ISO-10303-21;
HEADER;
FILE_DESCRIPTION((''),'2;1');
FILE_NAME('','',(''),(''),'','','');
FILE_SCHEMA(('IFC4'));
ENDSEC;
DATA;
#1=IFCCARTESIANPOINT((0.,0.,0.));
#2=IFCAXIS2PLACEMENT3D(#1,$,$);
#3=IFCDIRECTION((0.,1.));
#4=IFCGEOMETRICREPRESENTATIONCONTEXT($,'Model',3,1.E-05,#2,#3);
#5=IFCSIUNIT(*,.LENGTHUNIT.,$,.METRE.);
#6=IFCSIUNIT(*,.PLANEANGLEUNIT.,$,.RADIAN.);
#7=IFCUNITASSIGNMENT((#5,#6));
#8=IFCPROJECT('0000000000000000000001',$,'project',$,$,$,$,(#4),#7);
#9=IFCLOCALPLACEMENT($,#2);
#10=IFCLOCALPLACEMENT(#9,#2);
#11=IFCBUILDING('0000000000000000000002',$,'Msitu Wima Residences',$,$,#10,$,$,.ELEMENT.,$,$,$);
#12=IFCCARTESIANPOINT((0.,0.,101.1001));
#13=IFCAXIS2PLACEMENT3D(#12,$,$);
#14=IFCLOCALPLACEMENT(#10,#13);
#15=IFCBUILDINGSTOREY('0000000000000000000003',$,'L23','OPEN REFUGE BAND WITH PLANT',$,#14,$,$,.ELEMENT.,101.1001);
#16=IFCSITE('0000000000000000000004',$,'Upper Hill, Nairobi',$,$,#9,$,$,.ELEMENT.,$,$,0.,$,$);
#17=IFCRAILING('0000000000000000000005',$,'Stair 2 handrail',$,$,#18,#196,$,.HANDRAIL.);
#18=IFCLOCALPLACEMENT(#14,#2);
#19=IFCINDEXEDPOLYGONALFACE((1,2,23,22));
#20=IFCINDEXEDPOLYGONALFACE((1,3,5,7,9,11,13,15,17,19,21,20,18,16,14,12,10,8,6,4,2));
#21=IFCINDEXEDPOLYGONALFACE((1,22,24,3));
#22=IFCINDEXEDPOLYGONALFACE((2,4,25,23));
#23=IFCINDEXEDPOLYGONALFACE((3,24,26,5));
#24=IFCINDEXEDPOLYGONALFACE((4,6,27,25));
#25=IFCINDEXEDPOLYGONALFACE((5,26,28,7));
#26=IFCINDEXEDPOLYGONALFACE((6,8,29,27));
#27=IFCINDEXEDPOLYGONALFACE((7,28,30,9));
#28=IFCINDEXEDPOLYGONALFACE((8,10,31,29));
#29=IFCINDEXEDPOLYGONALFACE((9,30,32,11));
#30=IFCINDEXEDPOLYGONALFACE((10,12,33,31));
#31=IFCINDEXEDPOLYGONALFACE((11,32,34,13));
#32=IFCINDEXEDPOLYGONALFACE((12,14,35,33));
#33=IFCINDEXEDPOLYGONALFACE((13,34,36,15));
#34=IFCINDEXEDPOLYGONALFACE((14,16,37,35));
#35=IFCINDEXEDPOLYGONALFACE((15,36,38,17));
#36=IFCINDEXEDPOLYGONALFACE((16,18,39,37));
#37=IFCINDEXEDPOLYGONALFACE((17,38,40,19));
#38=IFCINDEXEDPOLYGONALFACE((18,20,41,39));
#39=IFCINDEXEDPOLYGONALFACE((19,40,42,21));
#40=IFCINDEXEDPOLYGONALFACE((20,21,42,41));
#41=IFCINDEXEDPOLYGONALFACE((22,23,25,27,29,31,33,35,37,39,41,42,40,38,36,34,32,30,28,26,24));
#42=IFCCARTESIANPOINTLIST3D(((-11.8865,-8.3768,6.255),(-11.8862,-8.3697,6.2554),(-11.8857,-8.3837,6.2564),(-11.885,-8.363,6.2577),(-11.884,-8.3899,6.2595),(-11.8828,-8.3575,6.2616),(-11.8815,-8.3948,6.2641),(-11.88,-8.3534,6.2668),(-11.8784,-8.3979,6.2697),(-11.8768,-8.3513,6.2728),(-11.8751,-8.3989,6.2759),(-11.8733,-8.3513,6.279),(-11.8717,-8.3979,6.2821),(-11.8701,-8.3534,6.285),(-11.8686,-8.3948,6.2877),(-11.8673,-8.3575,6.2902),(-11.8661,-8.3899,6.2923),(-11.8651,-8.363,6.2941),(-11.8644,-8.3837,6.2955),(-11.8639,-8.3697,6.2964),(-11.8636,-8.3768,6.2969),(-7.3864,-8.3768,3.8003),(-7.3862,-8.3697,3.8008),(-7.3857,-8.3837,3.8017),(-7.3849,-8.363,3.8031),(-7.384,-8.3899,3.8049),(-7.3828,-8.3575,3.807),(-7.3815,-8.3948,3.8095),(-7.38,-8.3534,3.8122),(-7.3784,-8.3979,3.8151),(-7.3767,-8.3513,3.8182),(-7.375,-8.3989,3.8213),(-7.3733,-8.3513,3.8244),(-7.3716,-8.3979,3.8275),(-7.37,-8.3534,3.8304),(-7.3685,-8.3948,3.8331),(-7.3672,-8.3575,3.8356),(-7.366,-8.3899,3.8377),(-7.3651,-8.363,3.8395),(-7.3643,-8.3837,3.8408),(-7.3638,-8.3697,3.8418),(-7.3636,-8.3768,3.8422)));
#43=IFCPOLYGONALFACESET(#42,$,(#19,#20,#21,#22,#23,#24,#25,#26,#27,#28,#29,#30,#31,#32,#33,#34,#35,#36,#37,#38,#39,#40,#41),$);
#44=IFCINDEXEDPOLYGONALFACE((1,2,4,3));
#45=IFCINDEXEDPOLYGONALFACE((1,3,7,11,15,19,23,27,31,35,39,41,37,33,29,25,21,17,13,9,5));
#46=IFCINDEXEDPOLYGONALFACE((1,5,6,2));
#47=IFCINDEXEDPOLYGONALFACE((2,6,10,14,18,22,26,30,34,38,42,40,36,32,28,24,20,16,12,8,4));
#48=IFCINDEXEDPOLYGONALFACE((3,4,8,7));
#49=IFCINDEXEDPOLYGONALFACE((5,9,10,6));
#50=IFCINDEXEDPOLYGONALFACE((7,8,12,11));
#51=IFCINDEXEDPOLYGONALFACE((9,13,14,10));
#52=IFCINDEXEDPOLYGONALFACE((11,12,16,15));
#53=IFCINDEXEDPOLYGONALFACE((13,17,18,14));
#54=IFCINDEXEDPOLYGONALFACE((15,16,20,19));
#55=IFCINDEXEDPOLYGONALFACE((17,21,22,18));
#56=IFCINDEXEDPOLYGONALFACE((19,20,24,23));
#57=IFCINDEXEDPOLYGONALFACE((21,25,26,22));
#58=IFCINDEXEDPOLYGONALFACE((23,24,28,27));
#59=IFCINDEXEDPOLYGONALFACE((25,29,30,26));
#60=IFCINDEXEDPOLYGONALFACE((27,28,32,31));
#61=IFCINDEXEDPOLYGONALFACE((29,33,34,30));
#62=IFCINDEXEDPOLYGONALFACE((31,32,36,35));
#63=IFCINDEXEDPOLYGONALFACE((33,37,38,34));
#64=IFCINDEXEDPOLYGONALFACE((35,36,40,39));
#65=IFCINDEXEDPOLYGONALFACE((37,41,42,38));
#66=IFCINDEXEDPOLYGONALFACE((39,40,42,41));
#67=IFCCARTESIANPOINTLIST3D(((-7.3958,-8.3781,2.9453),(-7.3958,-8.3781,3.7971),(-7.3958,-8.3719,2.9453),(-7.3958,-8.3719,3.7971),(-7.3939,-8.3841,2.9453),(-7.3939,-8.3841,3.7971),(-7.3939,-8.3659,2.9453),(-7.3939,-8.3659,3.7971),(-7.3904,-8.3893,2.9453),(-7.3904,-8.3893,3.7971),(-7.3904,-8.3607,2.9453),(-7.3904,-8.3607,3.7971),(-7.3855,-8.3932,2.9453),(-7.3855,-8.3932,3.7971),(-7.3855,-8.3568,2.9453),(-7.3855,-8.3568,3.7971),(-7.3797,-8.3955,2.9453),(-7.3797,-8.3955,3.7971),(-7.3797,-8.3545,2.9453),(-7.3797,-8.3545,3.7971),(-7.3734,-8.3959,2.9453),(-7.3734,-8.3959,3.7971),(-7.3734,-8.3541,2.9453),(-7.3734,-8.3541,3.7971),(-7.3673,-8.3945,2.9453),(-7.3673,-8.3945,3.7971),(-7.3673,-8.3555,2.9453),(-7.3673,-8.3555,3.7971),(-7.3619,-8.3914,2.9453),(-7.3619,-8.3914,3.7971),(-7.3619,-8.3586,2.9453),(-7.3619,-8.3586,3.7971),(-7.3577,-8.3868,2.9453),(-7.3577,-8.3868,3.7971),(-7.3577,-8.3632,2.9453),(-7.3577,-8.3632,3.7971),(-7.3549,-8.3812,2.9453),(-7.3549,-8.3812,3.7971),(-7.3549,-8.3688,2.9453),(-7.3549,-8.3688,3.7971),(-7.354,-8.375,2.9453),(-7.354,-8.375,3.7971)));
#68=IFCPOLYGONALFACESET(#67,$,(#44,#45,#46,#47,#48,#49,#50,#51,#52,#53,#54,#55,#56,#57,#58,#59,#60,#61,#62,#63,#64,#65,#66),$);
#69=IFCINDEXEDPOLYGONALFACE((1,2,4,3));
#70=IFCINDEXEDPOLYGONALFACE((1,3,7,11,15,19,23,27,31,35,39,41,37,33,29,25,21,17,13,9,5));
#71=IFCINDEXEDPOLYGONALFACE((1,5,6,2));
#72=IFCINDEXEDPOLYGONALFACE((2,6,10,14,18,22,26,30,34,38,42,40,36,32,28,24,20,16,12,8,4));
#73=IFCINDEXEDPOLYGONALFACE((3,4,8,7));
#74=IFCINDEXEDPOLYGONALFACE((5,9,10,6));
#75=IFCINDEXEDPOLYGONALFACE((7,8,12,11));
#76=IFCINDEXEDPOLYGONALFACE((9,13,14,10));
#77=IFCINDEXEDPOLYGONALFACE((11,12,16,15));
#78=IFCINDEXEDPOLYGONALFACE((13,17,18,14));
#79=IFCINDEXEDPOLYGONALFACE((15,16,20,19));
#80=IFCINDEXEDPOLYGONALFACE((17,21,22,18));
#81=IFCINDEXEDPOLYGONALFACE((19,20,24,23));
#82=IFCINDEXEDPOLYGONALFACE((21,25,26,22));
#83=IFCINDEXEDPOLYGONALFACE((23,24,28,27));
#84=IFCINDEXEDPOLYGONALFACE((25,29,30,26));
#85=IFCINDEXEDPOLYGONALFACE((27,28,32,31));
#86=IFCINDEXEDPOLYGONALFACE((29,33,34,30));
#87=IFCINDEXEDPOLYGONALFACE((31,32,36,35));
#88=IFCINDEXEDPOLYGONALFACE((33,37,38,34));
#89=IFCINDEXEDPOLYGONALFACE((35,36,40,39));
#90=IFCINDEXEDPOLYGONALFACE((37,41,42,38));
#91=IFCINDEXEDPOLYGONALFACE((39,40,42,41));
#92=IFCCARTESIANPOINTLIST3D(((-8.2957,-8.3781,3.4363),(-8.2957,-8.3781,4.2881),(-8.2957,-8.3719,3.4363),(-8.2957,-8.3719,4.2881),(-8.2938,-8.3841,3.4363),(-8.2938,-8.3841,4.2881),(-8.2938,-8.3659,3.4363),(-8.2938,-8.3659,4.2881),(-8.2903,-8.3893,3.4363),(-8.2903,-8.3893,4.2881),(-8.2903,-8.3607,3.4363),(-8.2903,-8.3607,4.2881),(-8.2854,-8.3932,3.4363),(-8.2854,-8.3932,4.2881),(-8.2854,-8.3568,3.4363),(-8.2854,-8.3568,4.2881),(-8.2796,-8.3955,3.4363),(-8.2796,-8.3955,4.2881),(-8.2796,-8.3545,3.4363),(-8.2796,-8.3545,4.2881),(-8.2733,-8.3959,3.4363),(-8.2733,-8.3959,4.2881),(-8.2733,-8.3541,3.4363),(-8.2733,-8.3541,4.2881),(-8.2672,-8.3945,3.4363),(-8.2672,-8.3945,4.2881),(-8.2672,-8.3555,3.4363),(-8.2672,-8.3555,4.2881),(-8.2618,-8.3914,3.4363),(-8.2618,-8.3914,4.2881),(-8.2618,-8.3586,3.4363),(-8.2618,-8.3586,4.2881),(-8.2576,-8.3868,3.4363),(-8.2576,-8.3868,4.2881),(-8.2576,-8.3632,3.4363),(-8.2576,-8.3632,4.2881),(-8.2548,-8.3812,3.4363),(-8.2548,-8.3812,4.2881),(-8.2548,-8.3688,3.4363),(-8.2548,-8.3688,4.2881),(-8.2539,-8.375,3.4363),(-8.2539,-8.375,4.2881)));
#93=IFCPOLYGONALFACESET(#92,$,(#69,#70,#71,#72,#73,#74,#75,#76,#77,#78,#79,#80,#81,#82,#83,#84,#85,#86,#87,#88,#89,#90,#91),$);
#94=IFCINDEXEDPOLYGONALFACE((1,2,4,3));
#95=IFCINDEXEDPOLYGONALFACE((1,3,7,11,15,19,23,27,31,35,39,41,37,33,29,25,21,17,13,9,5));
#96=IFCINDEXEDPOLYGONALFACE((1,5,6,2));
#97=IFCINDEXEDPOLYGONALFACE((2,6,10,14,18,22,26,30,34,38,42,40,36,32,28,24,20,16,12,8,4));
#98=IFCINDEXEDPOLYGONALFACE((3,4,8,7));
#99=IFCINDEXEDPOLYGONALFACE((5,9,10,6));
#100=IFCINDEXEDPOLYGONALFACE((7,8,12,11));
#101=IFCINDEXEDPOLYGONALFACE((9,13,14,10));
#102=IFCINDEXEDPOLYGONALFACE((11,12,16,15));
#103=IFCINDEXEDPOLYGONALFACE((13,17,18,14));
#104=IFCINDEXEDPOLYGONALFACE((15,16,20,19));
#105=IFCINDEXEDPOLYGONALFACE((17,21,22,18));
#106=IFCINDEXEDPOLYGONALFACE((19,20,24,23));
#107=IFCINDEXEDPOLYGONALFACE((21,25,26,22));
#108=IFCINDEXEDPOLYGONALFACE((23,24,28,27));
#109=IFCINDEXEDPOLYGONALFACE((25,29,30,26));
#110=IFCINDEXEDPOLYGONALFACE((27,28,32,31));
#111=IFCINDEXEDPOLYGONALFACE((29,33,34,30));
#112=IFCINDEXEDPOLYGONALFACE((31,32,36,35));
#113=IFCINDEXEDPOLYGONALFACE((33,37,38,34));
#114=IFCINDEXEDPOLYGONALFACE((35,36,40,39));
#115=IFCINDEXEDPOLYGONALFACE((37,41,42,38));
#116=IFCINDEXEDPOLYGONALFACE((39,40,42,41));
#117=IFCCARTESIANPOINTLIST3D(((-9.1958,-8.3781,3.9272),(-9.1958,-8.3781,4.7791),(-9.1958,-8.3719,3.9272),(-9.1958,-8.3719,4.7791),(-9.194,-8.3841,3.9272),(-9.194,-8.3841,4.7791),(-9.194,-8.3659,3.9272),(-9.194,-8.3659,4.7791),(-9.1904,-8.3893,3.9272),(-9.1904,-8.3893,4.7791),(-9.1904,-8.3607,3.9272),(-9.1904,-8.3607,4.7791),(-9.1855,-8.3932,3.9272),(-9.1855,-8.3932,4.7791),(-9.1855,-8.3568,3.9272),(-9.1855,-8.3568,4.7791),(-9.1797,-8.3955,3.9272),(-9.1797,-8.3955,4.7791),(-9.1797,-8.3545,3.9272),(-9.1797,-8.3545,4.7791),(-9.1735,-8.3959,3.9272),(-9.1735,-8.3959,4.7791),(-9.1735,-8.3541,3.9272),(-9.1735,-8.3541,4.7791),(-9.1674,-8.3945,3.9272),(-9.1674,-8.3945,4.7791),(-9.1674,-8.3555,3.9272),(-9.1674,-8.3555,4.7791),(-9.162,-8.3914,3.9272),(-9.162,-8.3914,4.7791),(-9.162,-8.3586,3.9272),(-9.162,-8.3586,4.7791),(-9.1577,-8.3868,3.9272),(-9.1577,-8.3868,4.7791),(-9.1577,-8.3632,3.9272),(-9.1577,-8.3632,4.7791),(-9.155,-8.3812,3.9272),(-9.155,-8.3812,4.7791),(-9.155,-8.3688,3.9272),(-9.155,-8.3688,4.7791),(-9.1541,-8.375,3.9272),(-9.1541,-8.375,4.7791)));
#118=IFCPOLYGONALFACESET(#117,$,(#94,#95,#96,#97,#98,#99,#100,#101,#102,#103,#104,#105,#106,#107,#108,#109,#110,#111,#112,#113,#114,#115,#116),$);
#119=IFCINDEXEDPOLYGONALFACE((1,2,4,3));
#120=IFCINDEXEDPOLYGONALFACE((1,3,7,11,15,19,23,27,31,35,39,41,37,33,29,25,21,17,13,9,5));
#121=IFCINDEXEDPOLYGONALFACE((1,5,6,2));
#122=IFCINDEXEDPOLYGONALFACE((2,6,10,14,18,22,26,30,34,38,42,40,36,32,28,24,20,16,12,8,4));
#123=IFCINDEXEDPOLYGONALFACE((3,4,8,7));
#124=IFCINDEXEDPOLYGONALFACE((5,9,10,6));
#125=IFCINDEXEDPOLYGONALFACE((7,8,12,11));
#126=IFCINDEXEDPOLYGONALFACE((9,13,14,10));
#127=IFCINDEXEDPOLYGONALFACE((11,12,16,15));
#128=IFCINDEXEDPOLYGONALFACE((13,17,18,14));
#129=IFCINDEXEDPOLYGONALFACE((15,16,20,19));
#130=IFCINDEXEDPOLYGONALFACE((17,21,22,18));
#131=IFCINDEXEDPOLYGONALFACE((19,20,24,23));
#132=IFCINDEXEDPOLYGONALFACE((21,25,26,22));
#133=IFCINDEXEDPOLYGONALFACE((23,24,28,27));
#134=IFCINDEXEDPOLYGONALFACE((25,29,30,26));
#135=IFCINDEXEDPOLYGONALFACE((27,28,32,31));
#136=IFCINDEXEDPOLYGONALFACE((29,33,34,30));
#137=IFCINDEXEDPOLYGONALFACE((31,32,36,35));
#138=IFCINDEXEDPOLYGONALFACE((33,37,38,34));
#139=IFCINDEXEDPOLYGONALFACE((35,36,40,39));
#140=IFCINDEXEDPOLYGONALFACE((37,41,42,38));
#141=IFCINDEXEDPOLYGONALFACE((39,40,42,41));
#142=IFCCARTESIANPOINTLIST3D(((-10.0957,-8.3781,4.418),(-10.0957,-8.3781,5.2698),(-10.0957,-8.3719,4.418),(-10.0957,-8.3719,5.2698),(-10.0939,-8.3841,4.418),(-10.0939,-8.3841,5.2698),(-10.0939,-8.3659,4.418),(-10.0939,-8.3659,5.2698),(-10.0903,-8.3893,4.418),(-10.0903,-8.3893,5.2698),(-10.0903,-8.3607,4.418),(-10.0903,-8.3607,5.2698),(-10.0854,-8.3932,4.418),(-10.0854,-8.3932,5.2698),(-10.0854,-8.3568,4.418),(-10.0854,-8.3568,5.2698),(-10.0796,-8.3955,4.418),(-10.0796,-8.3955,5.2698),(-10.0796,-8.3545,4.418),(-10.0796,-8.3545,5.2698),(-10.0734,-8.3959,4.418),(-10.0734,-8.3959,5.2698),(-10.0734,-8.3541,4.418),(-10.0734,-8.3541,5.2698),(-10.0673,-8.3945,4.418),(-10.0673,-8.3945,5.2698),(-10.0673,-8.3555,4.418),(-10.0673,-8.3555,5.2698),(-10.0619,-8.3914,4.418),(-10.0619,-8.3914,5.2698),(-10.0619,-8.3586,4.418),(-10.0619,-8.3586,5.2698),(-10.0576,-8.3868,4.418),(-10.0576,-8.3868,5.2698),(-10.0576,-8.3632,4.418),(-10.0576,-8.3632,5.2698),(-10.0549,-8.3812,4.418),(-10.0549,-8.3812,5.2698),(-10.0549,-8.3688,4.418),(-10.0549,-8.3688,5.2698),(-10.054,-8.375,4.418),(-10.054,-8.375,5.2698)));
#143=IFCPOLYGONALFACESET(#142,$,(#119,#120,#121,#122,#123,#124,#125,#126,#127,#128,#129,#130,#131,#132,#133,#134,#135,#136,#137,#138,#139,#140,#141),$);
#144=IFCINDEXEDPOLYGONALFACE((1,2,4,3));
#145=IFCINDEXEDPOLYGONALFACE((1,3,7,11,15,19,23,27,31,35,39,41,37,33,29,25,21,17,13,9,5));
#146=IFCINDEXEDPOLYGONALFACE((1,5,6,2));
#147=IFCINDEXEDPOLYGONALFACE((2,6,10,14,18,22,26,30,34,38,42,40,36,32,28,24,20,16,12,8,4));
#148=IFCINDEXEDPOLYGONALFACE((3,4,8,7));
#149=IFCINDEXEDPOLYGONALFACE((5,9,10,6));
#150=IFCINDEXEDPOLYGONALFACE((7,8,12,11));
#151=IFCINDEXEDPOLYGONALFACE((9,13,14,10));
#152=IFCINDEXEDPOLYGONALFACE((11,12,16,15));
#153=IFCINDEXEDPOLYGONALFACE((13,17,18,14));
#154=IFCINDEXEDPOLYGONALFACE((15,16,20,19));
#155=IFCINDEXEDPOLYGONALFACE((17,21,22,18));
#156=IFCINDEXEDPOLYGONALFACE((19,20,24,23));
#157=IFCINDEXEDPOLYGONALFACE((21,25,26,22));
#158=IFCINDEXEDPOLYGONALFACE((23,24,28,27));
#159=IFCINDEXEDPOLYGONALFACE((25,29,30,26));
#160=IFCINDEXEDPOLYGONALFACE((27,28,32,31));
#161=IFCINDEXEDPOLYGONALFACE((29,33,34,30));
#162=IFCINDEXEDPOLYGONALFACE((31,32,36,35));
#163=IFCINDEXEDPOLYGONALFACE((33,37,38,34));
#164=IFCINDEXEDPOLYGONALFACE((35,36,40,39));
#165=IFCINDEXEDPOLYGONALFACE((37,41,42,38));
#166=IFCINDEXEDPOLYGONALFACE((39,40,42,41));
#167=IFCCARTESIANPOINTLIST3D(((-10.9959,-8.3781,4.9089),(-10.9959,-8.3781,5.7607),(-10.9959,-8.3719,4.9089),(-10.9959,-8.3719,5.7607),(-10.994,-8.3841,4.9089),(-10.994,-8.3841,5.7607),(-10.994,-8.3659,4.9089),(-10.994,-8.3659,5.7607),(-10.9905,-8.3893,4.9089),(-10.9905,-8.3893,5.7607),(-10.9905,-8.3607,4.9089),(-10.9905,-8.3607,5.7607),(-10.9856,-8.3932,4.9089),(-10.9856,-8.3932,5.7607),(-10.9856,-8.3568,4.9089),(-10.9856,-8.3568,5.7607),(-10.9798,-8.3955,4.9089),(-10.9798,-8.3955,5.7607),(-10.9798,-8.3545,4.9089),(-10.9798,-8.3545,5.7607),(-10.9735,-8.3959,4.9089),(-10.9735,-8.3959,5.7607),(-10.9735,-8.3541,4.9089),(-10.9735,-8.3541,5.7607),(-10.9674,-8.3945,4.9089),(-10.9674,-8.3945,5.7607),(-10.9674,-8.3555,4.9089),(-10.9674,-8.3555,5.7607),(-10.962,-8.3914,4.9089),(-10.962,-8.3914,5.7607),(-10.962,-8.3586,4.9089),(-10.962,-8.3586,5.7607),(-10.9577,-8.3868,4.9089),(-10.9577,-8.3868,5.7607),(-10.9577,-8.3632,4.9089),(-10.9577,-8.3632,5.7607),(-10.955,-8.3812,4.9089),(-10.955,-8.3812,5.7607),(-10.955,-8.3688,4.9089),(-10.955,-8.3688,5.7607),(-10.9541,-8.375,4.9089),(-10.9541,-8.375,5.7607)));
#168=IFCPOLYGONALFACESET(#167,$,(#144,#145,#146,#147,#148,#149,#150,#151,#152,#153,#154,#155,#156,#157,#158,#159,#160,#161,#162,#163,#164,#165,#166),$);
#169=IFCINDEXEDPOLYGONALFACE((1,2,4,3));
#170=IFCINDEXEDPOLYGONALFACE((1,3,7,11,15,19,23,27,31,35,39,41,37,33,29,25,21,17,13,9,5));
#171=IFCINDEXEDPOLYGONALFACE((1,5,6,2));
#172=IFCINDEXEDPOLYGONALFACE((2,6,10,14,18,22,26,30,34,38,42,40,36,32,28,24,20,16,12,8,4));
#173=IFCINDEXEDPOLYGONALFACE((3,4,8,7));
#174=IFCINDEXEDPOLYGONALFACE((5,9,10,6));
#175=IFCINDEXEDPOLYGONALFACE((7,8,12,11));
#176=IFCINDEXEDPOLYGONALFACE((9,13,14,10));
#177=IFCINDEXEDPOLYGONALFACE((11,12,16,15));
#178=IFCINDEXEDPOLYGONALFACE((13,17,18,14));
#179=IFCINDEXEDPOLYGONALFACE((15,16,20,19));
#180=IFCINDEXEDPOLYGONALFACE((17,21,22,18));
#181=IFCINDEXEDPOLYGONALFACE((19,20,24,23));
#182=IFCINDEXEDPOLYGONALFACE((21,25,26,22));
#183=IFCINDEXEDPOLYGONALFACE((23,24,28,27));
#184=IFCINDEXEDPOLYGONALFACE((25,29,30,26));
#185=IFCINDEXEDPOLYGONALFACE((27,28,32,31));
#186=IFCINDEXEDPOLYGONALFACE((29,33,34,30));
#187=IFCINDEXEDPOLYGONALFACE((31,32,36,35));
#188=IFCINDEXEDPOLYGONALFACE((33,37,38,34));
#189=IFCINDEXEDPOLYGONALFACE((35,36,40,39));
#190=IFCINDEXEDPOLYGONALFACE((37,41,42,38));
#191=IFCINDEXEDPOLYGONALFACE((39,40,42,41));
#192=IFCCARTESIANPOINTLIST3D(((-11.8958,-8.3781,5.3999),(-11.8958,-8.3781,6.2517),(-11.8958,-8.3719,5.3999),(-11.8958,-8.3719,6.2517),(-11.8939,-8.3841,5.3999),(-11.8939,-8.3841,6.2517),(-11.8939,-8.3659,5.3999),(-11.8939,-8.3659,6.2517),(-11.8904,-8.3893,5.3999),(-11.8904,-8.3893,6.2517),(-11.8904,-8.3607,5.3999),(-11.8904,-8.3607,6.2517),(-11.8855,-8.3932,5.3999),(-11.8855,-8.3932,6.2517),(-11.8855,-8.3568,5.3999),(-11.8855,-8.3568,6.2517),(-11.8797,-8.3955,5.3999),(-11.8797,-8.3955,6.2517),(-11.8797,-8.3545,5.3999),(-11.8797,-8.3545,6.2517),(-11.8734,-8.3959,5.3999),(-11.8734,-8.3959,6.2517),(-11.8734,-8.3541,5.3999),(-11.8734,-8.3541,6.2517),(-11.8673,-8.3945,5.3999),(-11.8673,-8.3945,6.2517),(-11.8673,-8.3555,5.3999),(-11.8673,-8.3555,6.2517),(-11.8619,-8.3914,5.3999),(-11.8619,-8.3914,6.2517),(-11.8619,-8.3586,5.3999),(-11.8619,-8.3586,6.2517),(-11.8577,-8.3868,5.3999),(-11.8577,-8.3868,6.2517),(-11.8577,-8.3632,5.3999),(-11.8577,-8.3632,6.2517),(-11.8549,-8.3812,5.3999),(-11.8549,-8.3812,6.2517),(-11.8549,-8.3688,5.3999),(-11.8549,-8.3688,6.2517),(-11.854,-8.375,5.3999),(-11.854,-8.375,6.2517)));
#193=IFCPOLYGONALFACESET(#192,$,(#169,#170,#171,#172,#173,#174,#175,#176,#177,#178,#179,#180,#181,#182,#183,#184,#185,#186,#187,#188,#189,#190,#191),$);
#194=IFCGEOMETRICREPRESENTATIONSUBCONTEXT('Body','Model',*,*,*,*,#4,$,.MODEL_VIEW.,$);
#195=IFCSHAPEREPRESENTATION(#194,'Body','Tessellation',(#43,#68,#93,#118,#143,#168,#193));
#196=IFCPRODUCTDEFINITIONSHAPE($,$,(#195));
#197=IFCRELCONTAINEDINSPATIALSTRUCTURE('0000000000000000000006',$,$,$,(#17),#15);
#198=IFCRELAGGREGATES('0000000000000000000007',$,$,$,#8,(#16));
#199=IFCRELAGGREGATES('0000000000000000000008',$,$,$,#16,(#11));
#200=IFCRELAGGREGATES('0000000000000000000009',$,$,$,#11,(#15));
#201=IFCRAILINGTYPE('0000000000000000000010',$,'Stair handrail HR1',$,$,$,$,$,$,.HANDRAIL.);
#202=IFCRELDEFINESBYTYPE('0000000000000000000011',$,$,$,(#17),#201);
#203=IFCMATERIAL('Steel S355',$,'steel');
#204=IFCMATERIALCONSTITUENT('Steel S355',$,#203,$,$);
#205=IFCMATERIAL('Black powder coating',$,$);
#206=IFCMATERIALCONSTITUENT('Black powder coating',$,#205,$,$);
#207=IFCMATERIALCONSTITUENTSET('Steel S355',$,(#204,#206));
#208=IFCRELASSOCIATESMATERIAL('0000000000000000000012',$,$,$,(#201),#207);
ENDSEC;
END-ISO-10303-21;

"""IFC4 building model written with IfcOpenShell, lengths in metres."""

from ifc_helpers import new_model, si_unit, direction, frame, origin, origin_2d, place, context, subcontext, project, spatial, circle, extrude, material, constituent, constituent_set, type_object, element, save


model = new_model("IFC4")

# Units and contexts
model_context = context("Model", 3, precision=1e-05, world=origin(), true_north=direction((0.0, 1.0)))
body_context = subcontext(model_context, "Body", "Model", "MODEL_VIEW")
ifc_project = project(units=[si_unit("LENGTHUNIT", "METRE"), si_unit("PLANEANGLEUNIT", "RADIAN")], contexts=[model_context])

# Site, building, storey
site_placement = place(None, origin())
site = spatial("IfcSite", under=ifc_project, at=site_placement, Name="Upper Hill, Nairobi", CompositionType="ELEMENT", RefElevation=0.0)
building_placement = place(site_placement, origin())
building = spatial("IfcBuilding", under=site, at=building_placement, Name="Msitu Wima Residences", CompositionType="ELEMENT")
storey_placement = place(building_placement, frame((0.0, 0.0, 101.1001)))
storey = spatial("IfcBuildingStorey", under=building, at=storey_placement, Name="L23", Description="OPEN REFUGE BAND WITH PLANT", CompositionType="ELEMENT", Elevation=101.1001)

# Railing
ifc_material_1 = material(Name="Steel S355", Category="steel")
ifc_constituent_1 = constituent(ifc_material_1, Name="Steel S355")
ifc_material_2 = material(Name="Black powder coating")
ifc_constituent_2 = constituent(ifc_material_2, Name="Black powder coating")
ifc_constituent_set = constituent_set(constituents=[ifc_constituent_1, ifc_constituent_2], Name="Steel S355")
railing_type = type_object("IfcRailingType", Name="Stair handrail HR1", PredefinedType="HANDRAIL", material=ifc_constituent_set)
for number, where, name in (
    (1, (-7.375, -8.375, 2.9453), "Stair 2 handrail"),
):
    element("IfcRailing", number, at=place(storey_placement, frame(where)), inside=storey, type_object=railing_type, Name=name, PredefinedType="HANDRAIL", context=body_context, shape_type="SweptSolid", body=[
        extrude(circle(Radius=0.0239, at=origin_2d()), frame((0.0, 0.0, 0.876), z_axis=(-0.877892, 0.0, 0.478859), x_axis=(0.0, -1.0, 0.0)), (0.0, 0.0, 1.0), 5.126),
        extrude(circle(Radius=0.021, at=origin_2d()), origin(), (0.0, 0.0, 1.0), 0.8518),
        extrude(circle(Radius=0.021, at=origin_2d()), frame((-0.8999, 0.0, 0.491)), (0.0, 0.0, 1.0), 0.8518),
        extrude(circle(Radius=0.021, at=origin_2d()), frame((-1.8, 0.0, 0.9819)), (0.0, 0.0, 1.0), 0.8518),
        extrude(circle(Radius=0.021, at=origin_2d()), frame((-2.7, 0.0, 1.4727)), (0.0, 0.0, 1.0), 0.8518),
        extrude(circle(Radius=0.021, at=origin_2d()), frame((-3.6001, 0.0, 1.9636)), (0.0, 0.0, 1.0), 0.8518),
        extrude(circle(Radius=0.021, at=origin_2d()), frame((-4.5, 0.0, 2.4546)), (0.0, 0.0, 1.0), 0.8518),
    ])

save(model, "model.ifc")
